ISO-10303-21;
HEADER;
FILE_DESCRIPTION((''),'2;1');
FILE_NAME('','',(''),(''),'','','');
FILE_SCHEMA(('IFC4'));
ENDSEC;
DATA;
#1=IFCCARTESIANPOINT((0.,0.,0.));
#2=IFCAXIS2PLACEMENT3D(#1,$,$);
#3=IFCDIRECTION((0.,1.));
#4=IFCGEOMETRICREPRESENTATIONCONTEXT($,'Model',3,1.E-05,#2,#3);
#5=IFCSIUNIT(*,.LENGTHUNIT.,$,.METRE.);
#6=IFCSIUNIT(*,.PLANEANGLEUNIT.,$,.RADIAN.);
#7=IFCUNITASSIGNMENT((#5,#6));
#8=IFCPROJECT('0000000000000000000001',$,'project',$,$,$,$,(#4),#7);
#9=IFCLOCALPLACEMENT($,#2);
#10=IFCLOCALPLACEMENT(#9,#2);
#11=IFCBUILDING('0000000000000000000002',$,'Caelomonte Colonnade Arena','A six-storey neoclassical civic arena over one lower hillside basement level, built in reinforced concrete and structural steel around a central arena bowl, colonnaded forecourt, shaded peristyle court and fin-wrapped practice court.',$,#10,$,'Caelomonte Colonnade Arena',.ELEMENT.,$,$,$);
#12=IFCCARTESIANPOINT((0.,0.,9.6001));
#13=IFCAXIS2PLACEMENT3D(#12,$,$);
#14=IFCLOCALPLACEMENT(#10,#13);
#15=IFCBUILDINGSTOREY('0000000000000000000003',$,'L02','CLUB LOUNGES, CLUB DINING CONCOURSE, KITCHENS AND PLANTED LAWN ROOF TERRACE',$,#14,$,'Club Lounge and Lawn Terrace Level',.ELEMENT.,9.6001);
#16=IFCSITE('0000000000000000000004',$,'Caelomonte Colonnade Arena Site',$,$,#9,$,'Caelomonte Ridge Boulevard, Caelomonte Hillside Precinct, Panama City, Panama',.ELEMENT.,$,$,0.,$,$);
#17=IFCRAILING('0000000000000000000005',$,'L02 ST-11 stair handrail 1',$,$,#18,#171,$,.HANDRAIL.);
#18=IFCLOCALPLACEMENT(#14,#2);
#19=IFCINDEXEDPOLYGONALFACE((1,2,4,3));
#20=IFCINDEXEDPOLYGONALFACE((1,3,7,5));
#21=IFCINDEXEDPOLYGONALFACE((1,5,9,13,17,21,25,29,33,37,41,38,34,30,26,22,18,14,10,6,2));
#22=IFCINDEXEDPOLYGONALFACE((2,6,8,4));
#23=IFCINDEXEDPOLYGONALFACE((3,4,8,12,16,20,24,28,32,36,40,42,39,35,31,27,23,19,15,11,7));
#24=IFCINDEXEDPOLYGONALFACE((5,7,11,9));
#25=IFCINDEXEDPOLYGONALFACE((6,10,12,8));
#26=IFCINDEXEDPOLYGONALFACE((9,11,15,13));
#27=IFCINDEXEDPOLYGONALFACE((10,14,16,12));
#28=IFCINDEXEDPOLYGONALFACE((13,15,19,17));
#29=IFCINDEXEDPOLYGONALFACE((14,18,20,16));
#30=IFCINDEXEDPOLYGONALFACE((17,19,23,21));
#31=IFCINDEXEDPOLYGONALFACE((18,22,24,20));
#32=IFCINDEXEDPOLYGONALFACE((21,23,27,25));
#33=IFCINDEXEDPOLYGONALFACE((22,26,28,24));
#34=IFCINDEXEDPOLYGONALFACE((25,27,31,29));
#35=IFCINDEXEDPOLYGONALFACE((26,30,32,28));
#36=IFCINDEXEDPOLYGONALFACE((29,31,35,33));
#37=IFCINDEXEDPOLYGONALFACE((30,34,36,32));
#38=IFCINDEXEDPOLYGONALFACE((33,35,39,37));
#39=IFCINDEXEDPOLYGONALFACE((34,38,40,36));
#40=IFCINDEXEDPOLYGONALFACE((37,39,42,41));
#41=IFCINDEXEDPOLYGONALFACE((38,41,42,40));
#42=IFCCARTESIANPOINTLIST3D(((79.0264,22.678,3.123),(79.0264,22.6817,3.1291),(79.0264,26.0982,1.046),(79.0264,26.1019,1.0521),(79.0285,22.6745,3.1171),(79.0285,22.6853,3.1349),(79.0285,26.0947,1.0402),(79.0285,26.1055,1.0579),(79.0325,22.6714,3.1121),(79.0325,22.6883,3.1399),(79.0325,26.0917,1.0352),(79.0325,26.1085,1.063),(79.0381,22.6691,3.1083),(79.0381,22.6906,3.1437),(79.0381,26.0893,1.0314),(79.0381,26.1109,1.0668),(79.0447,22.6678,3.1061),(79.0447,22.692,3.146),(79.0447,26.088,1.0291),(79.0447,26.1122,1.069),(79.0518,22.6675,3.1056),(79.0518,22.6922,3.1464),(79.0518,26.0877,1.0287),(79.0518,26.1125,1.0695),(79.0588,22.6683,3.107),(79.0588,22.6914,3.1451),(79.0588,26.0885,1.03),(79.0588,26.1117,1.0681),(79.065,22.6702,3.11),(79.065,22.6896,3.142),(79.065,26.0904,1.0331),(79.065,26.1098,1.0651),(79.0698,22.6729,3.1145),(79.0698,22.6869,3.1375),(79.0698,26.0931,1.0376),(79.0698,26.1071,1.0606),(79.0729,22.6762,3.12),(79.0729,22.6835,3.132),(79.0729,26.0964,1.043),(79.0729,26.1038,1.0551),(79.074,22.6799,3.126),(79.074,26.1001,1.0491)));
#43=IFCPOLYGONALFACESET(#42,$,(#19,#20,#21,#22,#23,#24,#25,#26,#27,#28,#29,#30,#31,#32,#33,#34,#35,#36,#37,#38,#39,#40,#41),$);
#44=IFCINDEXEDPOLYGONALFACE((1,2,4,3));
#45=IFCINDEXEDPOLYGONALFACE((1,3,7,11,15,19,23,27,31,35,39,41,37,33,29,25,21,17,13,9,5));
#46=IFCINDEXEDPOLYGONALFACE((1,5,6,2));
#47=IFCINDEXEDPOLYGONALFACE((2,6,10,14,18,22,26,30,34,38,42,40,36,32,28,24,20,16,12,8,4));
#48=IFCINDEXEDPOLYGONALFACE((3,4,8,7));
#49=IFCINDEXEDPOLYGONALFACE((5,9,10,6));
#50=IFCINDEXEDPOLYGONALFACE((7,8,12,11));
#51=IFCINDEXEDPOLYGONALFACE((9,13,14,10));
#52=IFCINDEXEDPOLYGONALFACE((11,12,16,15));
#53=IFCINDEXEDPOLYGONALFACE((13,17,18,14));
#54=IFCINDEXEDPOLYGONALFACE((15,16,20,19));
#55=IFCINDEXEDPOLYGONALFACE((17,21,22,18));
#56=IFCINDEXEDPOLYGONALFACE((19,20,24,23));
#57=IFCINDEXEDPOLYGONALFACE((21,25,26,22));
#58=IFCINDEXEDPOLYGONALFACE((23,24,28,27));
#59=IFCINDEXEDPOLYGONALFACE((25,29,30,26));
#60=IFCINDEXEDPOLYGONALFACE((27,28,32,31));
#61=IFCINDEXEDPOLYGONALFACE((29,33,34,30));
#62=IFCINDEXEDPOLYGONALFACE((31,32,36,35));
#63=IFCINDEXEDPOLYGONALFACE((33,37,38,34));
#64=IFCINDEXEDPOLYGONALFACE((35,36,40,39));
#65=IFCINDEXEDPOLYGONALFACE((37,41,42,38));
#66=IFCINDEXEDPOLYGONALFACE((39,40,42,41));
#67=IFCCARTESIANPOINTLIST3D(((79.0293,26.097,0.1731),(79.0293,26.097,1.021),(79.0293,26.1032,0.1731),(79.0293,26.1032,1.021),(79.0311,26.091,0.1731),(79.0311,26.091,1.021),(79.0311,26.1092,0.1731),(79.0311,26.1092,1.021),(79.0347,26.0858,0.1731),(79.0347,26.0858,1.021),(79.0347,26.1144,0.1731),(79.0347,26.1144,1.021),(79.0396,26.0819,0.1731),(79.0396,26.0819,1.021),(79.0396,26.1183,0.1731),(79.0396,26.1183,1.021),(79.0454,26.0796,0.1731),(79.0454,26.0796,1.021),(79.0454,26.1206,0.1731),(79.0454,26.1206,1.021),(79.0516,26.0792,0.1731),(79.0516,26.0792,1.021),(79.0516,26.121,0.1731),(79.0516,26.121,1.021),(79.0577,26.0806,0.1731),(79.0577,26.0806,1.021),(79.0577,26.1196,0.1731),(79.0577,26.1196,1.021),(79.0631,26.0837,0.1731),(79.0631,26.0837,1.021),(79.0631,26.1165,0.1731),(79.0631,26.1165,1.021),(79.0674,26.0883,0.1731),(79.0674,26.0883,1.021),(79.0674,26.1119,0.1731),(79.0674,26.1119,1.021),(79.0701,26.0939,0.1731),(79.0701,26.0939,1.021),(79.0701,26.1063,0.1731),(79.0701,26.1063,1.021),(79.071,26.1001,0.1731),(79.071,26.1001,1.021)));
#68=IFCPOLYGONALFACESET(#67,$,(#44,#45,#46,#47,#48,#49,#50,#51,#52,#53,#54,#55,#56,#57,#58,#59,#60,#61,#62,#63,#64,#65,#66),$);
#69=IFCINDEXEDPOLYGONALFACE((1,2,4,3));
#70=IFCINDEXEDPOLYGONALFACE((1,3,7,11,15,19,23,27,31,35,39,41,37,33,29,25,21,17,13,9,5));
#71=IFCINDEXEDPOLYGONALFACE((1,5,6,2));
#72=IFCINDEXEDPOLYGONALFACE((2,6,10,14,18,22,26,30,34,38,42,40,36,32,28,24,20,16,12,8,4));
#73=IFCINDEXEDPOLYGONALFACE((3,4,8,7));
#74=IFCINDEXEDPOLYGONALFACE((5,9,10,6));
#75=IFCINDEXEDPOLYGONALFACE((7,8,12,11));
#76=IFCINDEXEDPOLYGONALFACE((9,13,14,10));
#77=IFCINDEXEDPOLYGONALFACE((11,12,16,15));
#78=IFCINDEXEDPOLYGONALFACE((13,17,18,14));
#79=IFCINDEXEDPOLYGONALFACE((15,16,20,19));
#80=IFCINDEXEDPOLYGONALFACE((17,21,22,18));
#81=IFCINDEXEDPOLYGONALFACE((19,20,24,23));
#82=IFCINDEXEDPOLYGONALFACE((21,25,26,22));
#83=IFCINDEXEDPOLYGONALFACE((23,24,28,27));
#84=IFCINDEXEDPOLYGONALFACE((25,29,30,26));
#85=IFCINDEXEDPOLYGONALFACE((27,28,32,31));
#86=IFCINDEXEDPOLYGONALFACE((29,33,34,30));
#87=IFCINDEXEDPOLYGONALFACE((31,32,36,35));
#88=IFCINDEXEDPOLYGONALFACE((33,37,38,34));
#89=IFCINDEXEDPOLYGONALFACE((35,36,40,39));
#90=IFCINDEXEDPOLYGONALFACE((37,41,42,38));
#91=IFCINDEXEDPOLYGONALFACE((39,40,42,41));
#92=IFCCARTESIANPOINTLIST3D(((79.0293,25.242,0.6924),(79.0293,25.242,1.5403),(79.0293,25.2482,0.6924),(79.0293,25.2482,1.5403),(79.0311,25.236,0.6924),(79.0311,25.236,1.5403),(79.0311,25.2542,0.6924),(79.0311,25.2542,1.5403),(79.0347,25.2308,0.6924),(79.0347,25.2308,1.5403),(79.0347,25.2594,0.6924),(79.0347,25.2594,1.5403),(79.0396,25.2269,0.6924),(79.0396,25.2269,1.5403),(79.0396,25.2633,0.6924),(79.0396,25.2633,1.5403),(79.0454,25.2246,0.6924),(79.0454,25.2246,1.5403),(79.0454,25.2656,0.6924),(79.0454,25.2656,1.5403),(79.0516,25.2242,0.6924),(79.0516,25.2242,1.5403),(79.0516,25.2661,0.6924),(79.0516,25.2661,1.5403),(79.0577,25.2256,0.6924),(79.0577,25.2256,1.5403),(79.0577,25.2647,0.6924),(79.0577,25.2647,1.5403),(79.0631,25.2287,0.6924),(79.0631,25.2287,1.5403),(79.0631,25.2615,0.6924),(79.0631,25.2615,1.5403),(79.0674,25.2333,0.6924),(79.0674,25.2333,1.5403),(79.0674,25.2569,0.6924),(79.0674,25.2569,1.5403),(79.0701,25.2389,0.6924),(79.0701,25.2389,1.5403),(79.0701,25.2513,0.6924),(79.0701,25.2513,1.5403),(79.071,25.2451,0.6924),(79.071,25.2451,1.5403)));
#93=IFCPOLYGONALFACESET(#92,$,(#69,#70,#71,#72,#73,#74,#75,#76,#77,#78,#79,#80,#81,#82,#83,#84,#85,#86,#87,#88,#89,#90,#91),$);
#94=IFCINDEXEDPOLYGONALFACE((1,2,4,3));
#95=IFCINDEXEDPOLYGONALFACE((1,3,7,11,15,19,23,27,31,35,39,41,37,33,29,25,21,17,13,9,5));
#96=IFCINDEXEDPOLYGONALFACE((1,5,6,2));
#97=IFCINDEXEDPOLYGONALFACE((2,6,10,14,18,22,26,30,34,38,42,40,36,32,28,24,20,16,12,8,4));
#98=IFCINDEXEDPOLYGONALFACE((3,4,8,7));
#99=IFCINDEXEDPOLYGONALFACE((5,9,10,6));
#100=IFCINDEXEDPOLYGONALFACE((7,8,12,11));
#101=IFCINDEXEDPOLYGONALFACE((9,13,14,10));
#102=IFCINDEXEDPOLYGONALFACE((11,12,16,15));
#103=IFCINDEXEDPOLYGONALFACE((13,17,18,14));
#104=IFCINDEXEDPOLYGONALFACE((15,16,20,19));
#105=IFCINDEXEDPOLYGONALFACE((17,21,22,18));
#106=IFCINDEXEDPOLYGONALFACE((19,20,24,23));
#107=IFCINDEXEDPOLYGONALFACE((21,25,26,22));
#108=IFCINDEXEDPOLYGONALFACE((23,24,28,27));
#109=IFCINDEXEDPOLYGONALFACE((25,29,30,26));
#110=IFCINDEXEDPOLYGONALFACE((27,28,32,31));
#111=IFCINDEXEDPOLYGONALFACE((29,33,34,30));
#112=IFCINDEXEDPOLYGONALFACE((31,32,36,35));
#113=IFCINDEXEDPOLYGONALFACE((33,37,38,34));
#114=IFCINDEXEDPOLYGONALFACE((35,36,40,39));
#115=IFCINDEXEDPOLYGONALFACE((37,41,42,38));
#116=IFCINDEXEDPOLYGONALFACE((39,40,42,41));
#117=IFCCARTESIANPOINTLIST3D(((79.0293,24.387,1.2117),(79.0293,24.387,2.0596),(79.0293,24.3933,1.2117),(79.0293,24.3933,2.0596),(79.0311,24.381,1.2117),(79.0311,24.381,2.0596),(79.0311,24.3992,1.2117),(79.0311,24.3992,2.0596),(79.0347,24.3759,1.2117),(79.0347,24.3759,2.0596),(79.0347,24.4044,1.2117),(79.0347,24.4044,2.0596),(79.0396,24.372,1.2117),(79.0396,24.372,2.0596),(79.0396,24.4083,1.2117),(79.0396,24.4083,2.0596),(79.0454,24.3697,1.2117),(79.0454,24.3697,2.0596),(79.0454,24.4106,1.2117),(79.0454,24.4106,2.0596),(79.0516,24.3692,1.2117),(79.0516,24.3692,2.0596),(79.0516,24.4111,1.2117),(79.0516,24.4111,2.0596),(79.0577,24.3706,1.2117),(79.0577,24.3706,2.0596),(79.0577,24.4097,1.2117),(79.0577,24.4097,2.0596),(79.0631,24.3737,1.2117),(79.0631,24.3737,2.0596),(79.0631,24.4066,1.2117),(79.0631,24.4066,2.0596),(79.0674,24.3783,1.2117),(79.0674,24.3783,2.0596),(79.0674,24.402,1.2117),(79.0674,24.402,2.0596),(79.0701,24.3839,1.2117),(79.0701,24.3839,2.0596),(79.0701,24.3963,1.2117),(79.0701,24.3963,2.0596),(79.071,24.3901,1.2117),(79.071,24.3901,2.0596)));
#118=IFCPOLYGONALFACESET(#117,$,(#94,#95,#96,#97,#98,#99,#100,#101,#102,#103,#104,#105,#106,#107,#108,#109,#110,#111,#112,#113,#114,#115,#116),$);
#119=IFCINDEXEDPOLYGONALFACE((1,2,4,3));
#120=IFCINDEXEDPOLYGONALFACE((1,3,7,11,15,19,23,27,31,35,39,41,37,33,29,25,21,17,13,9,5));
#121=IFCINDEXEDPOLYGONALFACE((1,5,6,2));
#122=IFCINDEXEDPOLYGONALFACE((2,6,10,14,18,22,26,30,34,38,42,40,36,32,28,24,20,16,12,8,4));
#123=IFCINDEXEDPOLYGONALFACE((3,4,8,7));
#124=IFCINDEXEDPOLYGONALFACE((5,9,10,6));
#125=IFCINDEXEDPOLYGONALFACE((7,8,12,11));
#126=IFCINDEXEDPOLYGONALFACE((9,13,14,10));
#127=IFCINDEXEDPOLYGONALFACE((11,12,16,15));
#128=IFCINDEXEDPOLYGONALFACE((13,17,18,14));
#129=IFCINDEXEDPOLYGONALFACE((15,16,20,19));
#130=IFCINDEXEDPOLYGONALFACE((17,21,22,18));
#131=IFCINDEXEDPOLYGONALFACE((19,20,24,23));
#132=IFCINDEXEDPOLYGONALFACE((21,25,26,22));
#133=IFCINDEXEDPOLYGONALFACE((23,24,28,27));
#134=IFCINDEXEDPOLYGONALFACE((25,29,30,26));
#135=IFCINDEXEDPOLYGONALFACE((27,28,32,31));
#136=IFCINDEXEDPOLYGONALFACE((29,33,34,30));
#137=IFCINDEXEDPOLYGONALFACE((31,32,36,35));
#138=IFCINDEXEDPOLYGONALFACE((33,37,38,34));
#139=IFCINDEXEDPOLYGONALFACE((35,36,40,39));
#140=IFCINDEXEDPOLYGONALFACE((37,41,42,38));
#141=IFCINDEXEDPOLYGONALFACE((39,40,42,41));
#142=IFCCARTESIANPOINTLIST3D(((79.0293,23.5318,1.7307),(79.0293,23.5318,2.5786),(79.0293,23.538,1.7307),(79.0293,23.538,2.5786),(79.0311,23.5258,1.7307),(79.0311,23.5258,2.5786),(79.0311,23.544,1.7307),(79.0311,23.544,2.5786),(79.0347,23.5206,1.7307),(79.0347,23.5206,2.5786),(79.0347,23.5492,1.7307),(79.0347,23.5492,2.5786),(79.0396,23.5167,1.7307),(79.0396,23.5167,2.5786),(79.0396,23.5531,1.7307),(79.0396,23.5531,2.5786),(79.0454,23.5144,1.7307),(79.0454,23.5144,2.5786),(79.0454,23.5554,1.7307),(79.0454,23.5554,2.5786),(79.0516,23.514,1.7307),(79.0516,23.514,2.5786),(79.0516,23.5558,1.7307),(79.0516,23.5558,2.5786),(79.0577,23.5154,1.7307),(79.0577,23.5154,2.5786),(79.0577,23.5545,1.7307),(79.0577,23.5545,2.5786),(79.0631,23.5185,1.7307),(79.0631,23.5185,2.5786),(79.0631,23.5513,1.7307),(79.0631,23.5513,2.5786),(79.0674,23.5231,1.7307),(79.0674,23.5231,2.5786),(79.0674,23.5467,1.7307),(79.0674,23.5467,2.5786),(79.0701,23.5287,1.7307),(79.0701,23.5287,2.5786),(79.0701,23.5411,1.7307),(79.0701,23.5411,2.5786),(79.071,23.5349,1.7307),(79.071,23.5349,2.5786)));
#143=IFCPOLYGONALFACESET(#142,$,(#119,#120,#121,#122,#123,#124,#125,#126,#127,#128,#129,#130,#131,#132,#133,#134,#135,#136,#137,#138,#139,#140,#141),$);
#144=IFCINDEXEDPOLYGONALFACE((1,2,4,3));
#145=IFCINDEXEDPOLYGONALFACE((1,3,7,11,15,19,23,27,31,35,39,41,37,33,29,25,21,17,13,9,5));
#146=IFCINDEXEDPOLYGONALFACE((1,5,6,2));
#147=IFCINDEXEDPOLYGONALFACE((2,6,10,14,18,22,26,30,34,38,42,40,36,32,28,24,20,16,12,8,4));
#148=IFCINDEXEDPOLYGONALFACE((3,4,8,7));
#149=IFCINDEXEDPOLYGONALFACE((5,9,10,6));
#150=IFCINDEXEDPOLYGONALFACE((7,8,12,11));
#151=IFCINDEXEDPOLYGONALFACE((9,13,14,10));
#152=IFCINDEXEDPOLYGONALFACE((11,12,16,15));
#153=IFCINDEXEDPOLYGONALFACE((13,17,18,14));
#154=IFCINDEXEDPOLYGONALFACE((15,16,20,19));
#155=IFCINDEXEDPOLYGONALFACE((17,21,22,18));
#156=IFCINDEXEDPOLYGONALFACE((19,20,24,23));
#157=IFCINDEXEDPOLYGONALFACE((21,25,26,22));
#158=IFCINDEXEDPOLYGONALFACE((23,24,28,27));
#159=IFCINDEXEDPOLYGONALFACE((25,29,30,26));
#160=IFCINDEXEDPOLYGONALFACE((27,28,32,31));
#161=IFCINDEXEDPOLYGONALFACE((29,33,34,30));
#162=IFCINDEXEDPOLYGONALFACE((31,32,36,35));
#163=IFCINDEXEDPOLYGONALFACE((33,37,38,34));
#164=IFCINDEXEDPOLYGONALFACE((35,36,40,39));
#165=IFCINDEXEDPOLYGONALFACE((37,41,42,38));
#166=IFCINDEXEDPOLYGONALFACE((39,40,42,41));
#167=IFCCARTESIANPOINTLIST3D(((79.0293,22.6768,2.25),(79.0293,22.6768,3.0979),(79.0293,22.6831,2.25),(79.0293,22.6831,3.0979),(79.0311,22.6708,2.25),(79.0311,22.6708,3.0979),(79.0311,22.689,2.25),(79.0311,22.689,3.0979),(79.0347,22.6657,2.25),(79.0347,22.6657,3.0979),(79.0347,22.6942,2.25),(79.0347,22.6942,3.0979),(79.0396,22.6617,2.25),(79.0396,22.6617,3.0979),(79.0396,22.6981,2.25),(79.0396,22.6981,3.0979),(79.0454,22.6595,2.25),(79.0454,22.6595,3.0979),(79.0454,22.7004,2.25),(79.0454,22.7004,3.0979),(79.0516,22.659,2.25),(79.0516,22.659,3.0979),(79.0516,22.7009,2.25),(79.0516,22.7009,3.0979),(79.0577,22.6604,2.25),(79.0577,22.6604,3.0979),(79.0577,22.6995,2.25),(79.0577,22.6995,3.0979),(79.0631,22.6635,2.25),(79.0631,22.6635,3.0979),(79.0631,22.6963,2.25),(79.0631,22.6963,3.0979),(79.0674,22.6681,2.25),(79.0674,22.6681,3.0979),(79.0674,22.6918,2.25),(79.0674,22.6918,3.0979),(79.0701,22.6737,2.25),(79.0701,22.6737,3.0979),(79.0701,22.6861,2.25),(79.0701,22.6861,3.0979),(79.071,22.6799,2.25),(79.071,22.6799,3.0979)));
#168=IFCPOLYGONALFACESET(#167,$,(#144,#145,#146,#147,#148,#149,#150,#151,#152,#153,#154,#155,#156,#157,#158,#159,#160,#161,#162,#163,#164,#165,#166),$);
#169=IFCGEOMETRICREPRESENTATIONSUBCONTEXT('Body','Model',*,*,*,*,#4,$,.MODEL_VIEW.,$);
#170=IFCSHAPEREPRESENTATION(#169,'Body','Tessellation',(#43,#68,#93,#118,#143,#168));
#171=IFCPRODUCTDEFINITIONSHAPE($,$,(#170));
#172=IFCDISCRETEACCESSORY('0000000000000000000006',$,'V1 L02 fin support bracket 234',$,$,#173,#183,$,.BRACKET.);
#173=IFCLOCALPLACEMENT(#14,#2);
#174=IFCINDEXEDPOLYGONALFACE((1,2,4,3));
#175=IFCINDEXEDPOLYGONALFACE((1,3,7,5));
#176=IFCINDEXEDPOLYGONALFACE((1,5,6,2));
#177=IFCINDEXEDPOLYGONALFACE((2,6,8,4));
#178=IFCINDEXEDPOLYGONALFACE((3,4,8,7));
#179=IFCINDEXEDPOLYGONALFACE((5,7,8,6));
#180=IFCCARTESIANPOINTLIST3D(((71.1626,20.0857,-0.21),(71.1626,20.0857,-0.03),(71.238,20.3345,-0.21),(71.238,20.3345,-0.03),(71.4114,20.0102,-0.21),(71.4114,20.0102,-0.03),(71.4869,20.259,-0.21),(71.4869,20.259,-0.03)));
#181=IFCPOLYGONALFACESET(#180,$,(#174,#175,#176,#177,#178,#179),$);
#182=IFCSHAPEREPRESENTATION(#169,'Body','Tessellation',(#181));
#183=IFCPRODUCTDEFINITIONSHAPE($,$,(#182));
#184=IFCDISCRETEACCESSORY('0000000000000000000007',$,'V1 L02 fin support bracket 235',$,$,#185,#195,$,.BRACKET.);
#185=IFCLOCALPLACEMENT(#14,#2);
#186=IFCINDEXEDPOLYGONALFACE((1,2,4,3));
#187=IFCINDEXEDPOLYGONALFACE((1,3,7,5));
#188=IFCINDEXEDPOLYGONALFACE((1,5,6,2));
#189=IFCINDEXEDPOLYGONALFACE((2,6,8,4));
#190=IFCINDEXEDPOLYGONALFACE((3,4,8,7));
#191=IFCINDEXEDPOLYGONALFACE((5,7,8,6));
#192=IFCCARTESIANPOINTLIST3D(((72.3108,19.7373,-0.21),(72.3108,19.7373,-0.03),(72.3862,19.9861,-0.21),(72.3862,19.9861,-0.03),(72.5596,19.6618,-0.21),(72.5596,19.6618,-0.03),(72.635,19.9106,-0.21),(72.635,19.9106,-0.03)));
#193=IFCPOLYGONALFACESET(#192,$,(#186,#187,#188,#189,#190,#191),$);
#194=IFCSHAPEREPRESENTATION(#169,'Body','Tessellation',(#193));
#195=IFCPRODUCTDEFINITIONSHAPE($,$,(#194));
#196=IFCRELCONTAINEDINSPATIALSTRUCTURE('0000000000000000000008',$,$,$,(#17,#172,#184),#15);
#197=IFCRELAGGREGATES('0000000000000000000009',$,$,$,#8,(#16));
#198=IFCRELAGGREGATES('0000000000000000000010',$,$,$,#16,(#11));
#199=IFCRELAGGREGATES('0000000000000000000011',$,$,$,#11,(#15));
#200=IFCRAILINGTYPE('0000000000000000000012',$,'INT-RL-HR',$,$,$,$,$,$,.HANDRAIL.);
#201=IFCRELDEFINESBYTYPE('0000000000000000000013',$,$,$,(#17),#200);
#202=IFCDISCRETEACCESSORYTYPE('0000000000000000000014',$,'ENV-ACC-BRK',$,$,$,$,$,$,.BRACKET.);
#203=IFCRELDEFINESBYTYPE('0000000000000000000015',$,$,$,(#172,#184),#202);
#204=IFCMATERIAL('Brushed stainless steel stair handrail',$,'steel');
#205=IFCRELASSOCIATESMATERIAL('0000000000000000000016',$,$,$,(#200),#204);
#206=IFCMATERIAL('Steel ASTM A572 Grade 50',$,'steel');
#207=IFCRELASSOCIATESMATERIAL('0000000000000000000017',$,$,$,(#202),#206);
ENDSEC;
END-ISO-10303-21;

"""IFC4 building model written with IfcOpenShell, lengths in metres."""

from ifc_helpers import new_model, si_unit, direction, frame, origin, origin_2d, place, context, subcontext, project, spatial, rectangle, circle, extrude, material, type_object, element, save


model = new_model("IFC4")

# Units and contexts
model_context = context("Model", 3, precision=1e-05, world=origin(), true_north=direction((0.0, 1.0)))
body_context = subcontext(model_context, "Body", "Model", "MODEL_VIEW")
ifc_project = project(units=[si_unit("LENGTHUNIT", "METRE"), si_unit("PLANEANGLEUNIT", "RADIAN")], contexts=[model_context])

# Site, building, storey
site_placement = place(None, origin())
site = spatial("IfcSite", under=ifc_project, at=site_placement, Name="Caelomonte Colonnade Arena Site", LongName="Caelomonte Ridge Boulevard, Caelomonte Hillside Precinct, Panama City, Panama", CompositionType="ELEMENT", RefElevation=0.0)
building_placement = place(site_placement, origin())
building = spatial("IfcBuilding", under=site, at=building_placement, Name="Caelomonte Colonnade Arena", Description="A six-storey neoclassical civic arena over one lower hillside basement level, built in reinforced concrete and structural steel around a central arena bowl, colonnaded forecourt, shaded peristyle court and fin-wrapped practice court.", LongName="Caelomonte Colonnade Arena", CompositionType="ELEMENT")
storey_placement = place(building_placement, frame((0.0, 0.0, 9.6001)))
storey = spatial("IfcBuildingStorey", under=building, at=storey_placement, Name="L02", Description="CLUB LOUNGES, CLUB DINING CONCOURSE, KITCHENS AND PLANTED LAWN ROOF TERRACE", LongName="Club Lounge and Lawn Terrace Level", CompositionType="ELEMENT", Elevation=9.6001)

# Railing
ifc_material_1 = material(Name="Brushed stainless steel stair handrail", Category="steel")
railing_type = type_object("IfcRailingType", Name="INT-RL-HR", PredefinedType="HANDRAIL", material=ifc_material_1)
railing_placement = place(storey_placement, frame((79.05, 26.1001, 0.1731)))
element("IfcRailing", 1, at=railing_placement, inside=storey, type_object=railing_type, Name="L02 ST-11 stair handrail 1", PredefinedType="HANDRAIL", context=body_context, shape_type="SweptSolid", body=[
    extrude(circle(Radius=0.0239, at=origin_2d()), frame((0.0, 0.0, 0.876), z_axis=(0.0, -0.854746, 0.519047), x_axis=(1.0, 0.0, 0.0)), (0.0, 0.0, 1.0), 4.0015),
    extrude(circle(Radius=0.021, at=origin_2d()), origin(), (0.0, 0.0, 1.0), 0.8479),
    extrude(circle(Radius=0.021, at=origin_2d()), frame((0.0, -0.855, 0.5193)), (0.0, 0.0, 1.0), 0.8479),
    extrude(circle(Radius=0.021, at=origin_2d()), frame((0.0, -1.71, 1.0386)), (0.0, 0.0, 1.0), 0.8479),
    extrude(circle(Radius=0.021, at=origin_2d()), frame((0.0, -2.5652, 1.5576)), (0.0, 0.0, 1.0), 0.8479),
    extrude(circle(Radius=0.021, at=origin_2d()), frame((0.0, -3.4202, 2.0769)), (0.0, 0.0, 1.0), 0.8479),
])

# Discrete accessories
ifc_material_2 = material(Name="Steel ASTM A572 Grade 50", Category="steel")
discrete_accessory_type = type_object("IfcDiscreteAccessoryType", Name="ENV-ACC-BRK", PredefinedType="BRACKET", material=ifc_material_2)
for number, where, z_axis, x_axis, name in (
    (2, (71.3247, 20.1724, -0.21), (0.0, 0.0, 1.0), (0.956943, -0.290276, 0.0), "V1 L02 fin support bracket 234"),
    (3, (72.4729, 19.824, -0.21), (0.0, 0.0, 1.0), (0.956943, -0.290276, 0.0), "V1 L02 fin support bracket 235"),
):
    element("IfcDiscreteAccessory", number, at=place(storey_placement, frame(where, z_axis=z_axis, x_axis=x_axis)), inside=storey, type_object=discrete_accessory_type, Name=name, PredefinedType="BRACKET", context=body_context, shape_type="SweptSolid", body=[
        extrude(rectangle(XDim=0.26, YDim=0.26, at=origin_2d()), origin(), (0.0, 0.0, 1.0), 0.1799),
    ])

save(model, "model.ifc")
